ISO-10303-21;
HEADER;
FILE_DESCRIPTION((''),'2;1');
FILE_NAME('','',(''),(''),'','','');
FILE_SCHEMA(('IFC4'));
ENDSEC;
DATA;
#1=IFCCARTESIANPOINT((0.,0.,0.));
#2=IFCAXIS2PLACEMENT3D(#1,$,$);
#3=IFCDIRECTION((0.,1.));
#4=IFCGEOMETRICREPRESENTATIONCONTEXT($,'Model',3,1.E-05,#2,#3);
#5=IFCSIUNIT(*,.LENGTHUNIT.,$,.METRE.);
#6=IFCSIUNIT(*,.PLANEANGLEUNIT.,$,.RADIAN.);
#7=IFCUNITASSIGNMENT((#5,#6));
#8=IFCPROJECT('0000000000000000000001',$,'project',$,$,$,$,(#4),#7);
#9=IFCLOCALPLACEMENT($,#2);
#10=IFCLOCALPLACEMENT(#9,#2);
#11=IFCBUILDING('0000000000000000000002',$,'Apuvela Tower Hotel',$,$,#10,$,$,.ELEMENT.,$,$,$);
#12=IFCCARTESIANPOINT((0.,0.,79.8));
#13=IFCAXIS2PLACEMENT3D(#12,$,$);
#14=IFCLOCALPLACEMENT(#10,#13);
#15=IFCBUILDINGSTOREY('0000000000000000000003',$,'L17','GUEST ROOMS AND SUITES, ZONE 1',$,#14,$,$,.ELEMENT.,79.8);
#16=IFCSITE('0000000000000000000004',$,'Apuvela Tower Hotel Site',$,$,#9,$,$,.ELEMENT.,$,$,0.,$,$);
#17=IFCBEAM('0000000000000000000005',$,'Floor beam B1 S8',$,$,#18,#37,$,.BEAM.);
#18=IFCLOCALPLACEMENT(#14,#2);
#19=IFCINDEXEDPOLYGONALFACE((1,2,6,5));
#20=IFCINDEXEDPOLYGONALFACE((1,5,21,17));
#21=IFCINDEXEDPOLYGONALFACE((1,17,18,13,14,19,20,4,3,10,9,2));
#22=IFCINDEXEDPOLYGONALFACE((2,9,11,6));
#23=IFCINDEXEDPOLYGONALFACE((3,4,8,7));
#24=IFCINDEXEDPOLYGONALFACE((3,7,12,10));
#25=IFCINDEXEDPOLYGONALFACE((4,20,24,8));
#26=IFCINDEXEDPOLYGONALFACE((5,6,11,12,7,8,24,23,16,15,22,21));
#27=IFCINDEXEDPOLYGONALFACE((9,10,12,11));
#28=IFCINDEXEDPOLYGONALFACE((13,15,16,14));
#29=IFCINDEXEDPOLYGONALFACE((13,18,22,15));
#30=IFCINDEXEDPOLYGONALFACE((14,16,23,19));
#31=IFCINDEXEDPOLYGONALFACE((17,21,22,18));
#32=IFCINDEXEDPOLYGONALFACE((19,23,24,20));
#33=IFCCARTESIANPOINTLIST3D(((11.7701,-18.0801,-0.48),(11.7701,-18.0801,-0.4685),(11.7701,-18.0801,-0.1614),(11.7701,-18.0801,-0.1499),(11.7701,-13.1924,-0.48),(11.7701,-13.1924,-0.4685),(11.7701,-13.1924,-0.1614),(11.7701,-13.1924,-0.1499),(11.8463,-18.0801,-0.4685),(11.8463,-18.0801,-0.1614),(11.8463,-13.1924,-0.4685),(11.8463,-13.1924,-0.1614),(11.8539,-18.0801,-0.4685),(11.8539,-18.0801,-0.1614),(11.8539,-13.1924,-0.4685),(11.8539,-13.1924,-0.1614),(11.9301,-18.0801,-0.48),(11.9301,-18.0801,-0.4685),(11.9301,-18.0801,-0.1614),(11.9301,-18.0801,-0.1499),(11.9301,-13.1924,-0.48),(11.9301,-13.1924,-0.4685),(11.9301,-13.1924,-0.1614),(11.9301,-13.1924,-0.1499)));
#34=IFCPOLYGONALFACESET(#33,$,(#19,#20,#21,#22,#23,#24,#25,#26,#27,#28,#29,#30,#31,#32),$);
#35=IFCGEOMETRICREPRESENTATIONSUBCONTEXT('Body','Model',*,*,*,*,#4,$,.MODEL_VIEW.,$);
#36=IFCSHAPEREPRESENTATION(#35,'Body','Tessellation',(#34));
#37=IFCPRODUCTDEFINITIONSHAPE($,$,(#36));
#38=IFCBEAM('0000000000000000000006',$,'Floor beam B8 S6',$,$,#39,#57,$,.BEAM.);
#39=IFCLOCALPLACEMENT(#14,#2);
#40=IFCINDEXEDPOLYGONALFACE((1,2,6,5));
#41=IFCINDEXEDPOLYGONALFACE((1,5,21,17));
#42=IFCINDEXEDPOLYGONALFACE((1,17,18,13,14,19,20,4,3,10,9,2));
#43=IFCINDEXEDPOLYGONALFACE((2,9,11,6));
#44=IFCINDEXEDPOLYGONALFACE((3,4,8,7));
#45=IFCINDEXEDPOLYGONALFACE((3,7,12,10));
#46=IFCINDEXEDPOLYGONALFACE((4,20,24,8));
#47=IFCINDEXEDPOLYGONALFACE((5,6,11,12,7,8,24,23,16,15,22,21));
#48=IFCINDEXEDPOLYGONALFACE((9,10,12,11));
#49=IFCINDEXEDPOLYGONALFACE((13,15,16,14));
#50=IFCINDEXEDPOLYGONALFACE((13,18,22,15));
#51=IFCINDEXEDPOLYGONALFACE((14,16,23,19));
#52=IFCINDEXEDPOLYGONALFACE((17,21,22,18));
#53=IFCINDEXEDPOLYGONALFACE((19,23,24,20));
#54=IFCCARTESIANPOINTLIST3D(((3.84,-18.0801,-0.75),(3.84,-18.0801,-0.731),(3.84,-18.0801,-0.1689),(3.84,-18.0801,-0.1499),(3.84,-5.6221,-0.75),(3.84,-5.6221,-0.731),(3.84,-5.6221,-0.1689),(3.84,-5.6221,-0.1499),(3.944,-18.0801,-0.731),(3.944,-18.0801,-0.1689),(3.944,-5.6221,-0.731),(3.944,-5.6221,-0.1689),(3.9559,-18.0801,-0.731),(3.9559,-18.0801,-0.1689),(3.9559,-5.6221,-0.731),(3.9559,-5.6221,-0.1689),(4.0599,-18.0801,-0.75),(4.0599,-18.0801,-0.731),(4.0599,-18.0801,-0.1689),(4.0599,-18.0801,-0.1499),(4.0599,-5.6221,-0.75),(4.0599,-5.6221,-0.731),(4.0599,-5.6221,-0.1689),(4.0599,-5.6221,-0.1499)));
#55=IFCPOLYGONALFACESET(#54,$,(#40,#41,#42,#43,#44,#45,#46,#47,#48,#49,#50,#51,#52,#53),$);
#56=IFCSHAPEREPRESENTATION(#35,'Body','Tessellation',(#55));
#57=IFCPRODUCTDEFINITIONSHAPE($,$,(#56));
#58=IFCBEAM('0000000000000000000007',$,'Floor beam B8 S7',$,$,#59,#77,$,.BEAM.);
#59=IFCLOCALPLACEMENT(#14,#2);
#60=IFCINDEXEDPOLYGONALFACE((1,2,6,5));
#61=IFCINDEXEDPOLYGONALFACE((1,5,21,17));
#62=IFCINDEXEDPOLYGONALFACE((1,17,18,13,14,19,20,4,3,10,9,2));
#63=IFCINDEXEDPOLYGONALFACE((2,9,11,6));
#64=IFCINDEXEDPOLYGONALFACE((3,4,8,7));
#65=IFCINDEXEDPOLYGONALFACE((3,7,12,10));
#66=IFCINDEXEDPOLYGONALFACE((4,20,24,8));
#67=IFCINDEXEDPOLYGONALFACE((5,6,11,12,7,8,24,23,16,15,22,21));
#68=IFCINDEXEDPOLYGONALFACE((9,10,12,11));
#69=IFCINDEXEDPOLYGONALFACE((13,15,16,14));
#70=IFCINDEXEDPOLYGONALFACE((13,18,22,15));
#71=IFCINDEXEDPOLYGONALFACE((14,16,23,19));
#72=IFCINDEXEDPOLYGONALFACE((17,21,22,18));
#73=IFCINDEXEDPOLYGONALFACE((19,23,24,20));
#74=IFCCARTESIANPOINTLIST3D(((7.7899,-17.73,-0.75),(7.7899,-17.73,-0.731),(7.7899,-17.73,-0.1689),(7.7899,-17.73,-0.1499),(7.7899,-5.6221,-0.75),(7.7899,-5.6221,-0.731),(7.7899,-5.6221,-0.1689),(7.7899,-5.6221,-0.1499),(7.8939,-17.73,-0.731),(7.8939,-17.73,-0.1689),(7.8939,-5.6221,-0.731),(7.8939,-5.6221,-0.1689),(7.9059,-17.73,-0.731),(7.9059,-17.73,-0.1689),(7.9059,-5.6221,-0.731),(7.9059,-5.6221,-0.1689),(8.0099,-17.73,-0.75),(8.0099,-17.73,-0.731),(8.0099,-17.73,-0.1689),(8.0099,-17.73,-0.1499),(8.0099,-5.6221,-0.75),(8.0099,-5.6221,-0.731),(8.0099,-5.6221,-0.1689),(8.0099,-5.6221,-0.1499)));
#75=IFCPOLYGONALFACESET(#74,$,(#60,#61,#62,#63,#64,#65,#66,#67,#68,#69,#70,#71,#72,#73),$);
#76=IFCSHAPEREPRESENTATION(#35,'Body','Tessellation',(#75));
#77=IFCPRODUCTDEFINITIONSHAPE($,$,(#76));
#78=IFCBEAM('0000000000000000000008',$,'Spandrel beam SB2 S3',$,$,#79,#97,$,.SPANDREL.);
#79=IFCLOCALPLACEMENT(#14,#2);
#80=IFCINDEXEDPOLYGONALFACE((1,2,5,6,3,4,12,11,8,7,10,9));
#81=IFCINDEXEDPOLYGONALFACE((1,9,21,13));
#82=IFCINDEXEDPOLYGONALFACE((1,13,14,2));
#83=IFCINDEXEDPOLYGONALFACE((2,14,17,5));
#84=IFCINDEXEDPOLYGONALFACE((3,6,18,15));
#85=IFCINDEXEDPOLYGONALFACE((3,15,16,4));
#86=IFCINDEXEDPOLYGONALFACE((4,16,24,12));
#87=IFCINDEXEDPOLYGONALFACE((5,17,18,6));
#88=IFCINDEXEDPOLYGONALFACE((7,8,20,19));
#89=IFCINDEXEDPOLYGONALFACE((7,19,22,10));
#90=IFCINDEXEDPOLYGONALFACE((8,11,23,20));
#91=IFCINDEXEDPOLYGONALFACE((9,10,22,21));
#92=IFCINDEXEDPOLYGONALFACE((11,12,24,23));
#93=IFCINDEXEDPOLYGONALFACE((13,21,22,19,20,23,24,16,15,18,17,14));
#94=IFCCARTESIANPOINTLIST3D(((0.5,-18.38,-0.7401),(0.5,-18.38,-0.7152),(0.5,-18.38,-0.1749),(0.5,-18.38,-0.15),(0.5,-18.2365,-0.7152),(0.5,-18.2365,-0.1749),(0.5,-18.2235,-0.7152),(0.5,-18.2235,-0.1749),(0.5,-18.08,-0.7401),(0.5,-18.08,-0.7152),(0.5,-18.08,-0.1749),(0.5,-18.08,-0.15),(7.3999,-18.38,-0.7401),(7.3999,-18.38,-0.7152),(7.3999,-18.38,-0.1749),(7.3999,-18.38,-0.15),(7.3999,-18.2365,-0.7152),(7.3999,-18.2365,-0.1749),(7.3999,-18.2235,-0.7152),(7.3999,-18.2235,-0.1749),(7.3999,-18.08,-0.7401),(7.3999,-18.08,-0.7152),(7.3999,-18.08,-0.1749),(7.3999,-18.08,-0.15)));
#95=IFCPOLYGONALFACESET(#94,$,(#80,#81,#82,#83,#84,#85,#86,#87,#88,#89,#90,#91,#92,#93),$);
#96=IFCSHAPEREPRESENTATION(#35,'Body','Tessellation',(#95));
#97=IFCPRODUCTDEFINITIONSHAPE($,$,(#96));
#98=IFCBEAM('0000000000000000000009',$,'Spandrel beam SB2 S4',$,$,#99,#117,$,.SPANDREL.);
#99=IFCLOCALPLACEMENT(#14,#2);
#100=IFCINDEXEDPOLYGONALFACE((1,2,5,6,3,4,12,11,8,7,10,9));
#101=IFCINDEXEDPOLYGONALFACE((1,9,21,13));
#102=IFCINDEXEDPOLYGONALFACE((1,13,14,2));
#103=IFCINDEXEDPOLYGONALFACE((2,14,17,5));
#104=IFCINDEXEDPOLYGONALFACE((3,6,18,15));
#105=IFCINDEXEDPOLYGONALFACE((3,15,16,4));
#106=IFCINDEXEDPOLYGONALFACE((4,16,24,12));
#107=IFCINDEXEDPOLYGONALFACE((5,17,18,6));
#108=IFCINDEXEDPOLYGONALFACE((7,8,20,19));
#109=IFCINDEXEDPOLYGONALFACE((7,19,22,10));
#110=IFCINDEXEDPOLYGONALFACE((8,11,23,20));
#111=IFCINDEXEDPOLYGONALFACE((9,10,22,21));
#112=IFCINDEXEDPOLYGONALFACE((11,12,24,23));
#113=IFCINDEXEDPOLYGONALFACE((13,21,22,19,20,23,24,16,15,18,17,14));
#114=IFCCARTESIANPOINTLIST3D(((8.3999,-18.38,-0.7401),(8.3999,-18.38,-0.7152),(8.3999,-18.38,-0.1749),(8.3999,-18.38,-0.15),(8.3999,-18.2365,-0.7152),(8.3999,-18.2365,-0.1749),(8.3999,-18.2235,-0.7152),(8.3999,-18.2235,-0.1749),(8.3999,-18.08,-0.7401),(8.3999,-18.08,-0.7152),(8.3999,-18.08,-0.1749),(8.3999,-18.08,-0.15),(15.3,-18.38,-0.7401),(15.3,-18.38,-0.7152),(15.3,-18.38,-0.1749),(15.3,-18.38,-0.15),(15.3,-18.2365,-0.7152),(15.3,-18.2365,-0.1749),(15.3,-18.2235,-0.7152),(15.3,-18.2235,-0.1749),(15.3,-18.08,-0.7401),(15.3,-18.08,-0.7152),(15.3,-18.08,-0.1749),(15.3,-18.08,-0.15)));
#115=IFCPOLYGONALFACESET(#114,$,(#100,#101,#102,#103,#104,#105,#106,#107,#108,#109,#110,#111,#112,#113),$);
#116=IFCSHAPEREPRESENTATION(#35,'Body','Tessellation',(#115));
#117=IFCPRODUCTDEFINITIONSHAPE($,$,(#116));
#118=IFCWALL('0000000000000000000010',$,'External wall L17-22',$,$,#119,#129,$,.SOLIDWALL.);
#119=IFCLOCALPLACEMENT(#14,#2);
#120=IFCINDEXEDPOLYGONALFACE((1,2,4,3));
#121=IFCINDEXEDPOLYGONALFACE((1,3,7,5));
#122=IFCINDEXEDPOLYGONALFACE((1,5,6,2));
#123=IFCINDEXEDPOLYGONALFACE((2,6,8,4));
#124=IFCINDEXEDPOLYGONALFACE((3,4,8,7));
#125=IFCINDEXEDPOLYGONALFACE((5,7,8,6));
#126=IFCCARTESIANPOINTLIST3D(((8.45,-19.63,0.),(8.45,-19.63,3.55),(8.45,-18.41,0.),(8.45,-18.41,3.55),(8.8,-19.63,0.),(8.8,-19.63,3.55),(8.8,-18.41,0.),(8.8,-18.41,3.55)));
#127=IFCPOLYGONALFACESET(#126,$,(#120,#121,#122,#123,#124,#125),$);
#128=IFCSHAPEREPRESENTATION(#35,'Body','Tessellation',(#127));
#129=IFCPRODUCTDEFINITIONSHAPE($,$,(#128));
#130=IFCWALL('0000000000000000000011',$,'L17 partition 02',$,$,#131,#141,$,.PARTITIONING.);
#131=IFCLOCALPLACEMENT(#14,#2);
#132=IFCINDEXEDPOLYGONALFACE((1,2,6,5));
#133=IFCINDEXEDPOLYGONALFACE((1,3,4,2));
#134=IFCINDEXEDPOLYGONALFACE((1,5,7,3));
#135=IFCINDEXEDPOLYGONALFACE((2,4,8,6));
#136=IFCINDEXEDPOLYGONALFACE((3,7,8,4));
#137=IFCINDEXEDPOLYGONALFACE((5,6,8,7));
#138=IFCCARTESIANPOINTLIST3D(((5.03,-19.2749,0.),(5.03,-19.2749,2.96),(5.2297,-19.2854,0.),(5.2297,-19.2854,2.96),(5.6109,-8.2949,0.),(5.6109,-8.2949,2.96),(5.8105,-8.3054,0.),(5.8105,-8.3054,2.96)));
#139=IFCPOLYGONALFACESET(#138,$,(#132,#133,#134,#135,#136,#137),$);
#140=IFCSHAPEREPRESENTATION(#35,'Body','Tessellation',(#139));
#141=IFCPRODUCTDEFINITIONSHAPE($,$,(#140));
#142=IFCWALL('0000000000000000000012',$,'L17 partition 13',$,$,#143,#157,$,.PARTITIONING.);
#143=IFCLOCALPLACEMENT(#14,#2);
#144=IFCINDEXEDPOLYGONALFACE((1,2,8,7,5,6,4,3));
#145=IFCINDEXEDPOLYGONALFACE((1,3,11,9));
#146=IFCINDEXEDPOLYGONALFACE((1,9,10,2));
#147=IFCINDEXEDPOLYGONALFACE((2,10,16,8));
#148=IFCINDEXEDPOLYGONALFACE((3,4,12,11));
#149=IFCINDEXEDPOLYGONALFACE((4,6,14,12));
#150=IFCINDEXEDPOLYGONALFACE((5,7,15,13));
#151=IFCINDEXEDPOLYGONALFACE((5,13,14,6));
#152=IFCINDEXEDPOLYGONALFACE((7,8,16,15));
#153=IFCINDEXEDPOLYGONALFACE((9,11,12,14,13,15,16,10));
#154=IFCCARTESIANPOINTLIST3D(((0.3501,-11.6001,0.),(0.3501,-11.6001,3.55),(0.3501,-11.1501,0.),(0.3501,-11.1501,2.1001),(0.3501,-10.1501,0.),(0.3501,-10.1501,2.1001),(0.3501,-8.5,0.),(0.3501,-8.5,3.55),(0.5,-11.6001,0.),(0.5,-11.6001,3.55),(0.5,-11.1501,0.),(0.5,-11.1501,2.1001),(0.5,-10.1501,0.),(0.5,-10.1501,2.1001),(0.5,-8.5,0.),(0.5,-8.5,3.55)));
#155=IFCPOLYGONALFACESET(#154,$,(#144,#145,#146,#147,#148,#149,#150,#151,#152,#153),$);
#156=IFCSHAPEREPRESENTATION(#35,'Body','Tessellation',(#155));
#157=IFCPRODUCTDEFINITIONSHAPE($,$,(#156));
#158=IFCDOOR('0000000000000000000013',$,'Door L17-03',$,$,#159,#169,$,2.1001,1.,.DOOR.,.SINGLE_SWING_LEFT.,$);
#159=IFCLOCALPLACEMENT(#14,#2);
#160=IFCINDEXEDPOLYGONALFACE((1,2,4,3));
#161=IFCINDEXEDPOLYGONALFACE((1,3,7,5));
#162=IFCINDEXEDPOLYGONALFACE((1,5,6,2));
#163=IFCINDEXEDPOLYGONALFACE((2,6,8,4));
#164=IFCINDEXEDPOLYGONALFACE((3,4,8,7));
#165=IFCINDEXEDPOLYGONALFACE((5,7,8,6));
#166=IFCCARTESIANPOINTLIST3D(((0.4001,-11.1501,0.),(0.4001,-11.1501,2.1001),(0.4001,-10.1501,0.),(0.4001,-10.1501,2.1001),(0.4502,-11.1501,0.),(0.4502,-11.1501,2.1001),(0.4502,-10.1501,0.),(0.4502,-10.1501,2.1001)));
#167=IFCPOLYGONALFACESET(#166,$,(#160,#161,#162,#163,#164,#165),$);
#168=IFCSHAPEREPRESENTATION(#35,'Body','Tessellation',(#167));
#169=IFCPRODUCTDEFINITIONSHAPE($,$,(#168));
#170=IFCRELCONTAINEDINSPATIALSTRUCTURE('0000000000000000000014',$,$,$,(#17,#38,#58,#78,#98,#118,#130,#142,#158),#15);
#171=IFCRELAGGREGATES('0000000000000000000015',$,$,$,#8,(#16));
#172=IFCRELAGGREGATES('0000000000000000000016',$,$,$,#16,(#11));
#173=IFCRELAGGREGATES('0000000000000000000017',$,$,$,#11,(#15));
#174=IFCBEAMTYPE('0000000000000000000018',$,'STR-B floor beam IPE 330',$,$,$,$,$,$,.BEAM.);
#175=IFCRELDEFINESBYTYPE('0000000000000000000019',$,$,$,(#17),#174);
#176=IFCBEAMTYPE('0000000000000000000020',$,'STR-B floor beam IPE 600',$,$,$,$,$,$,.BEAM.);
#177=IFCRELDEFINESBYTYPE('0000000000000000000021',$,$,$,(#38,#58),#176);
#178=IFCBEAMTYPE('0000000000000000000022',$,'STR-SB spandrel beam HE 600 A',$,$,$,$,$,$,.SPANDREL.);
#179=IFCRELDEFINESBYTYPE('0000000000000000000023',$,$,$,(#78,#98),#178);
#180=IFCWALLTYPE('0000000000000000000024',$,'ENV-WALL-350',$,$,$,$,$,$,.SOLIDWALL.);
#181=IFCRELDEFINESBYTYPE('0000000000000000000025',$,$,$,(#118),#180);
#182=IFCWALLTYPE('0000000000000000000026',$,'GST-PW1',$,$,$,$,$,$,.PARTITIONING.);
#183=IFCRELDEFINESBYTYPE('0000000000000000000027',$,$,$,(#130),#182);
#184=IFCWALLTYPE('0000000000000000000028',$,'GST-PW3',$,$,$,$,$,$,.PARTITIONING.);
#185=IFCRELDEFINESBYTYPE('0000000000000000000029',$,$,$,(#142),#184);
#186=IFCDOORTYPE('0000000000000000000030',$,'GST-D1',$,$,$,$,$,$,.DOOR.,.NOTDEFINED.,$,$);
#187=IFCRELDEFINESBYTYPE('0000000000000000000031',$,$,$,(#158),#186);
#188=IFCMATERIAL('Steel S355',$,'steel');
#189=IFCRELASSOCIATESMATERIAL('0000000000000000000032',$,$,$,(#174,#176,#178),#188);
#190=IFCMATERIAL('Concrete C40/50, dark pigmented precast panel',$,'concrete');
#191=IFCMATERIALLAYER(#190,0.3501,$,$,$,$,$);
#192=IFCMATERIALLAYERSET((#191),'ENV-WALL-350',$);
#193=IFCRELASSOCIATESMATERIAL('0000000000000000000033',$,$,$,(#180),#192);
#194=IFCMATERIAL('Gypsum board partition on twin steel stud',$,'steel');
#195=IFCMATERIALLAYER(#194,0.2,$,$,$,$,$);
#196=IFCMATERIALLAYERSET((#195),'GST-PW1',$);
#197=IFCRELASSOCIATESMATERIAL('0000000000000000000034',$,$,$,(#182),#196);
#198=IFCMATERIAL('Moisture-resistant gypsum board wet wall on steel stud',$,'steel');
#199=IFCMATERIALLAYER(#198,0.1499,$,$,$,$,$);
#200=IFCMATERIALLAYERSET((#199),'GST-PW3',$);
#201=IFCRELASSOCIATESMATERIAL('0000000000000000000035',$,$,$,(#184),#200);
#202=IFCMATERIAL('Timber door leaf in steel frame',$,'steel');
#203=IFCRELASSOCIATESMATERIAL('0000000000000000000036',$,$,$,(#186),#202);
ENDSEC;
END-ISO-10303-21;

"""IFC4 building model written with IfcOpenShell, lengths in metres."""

from ifc_helpers import new_model, si_unit, direction, frame, frame_2d, origin, origin_2d, place, context, subcontext, project, spatial, rectangle, i_section, extrude, material, layer, layer_set, material_profile, profile_set, type_object, element, fill, save


model = new_model("IFC4")

# Units and contexts
model_context = context("Model", 3, precision=1e-05, world=origin(), true_north=direction((0.0, 1.0)))
body_context = subcontext(model_context, "Body", "Model", "MODEL_VIEW")
ifc_project = project(units=[si_unit("LENGTHUNIT", "METRE"), si_unit("PLANEANGLEUNIT", "RADIAN")], contexts=[model_context])

# Site, building, storey
site_placement = place(None, origin())
site = spatial("IfcSite", under=ifc_project, at=site_placement, Name="Apuvela Tower Hotel Site", CompositionType="ELEMENT", RefElevation=0.0)
building_placement = place(site_placement, origin())
building = spatial("IfcBuilding", under=site, at=building_placement, Name="Apuvela Tower Hotel", CompositionType="ELEMENT")
storey_placement = place(building_placement, frame((0.0, 0.0, 79.8)))
storey = spatial("IfcBuildingStorey", under=building, at=storey_placement, Name="L17", Description="GUEST ROOMS AND SUITES, ZONE 1", CompositionType="ELEMENT", Elevation=79.8)

# Beams
ifc_material_1 = material(Name="Steel S355", Category="steel")
ifc_material_profile_1 = material_profile(ifc_material_1, i_section(OverallWidth=0.1599, OverallDepth=0.3301, WebThickness=0.0076, FlangeThickness=0.0115, at=origin_2d()), Name="IPE 330")
ifc_profile_set_1 = profile_set([ifc_material_profile_1], Name="Steel S355")
beam_type_1 = type_object("IfcBeamType", Name="STR-B floor beam IPE 330", PredefinedType="BEAM", material=ifc_profile_set_1)
beam_1_placement = place(storey_placement, frame((11.8501, -18.0801, -0.3149), z_axis=(0.0, 1.0, 0.0), x_axis=(-1.0, 0.0, 0.0)))
element("IfcBeam", 1, at=beam_1_placement, inside=storey, type_object=beam_type_1, Name="Floor beam B1 S8", PredefinedType="BEAM", context=body_context, shape_type="SweptSolid", body=[
    extrude(i_section(OverallWidth=0.1599, OverallDepth=0.3301, WebThickness=0.0076, FlangeThickness=0.0115, at=origin_2d()), origin(), (0.0, 0.0, 1.0), 4.8877),
])
ifc_material_profile_2 = material_profile(ifc_material_1, i_section(OverallWidth=0.22, OverallDepth=0.6001, WebThickness=0.012, FlangeThickness=0.019, at=origin_2d()), Name="IPE 600")
ifc_profile_set_2 = profile_set([ifc_material_profile_2], Name="Steel S355")
beam_type_2 = type_object("IfcBeamType", Name="STR-B floor beam IPE 600", PredefinedType="BEAM", material=ifc_profile_set_2)
beam_2_placement = place(storey_placement, frame((3.95, -18.0801, -0.45), z_axis=(0.0, 1.0, 0.0), x_axis=(-1.0, 0.0, 0.0)))
element("IfcBeam", 2, at=beam_2_placement, inside=storey, type_object=beam_type_2, Name="Floor beam B8 S6", PredefinedType="BEAM", context=body_context, shape_type="SweptSolid", body=[
    extrude(i_section(OverallWidth=0.22, OverallDepth=0.6001, WebThickness=0.012, FlangeThickness=0.019, at=origin_2d()), origin(), (0.0, 0.0, 1.0), 12.458),
])
beam_3_placement = place(storey_placement, frame((7.8999, -17.73, -0.45), z_axis=(0.0, 1.0, 0.0), x_axis=(-1.0, 0.0, 0.0)))
element("IfcBeam", 3, at=beam_3_placement, inside=storey, type_object=beam_type_2, Name="Floor beam B8 S7", PredefinedType="BEAM", context=body_context, shape_type="SweptSolid", body=[
    extrude(i_section(OverallWidth=0.22, OverallDepth=0.6001, WebThickness=0.012, FlangeThickness=0.019, at=origin_2d()), origin(), (0.0, 0.0, 1.0), 12.1079),
])
ifc_material_profile_3 = material_profile(ifc_material_1, i_section(OverallWidth=0.3, OverallDepth=0.5901, WebThickness=0.0129, FlangeThickness=0.0249, at=origin_2d()), Name="HE 600 A")
ifc_profile_set_3 = profile_set([ifc_material_profile_3], Name="Steel S355")
beam_type_3 = type_object("IfcBeamType", Name="STR-SB spandrel beam HE 600 A", PredefinedType="SPANDREL", material=ifc_profile_set_3)
beam_4_placement = place(storey_placement, frame((0.5, -18.23, -0.4451), z_axis=(1.0, 0.0, 0.0), x_axis=(0.0, 1.0, 0.0)))
element("IfcBeam", 4, at=beam_4_placement, inside=storey, type_object=beam_type_3, Name="Spandrel beam SB2 S3", PredefinedType="SPANDREL", context=body_context, shape_type="SweptSolid", body=[
    extrude(i_section(OverallWidth=0.3, OverallDepth=0.5901, WebThickness=0.0129, FlangeThickness=0.0249, at=origin_2d()), origin(), (0.0, 0.0, 1.0), 6.8999),
])
beam_5_placement = place(storey_placement, frame((8.3999, -18.23, -0.4451), z_axis=(1.0, 0.0, 0.0), x_axis=(0.0, 1.0, 0.0)))
element("IfcBeam", 5, at=beam_5_placement, inside=storey, type_object=beam_type_3, Name="Spandrel beam SB2 S4", PredefinedType="SPANDREL", context=body_context, shape_type="SweptSolid", body=[
    extrude(i_section(OverallWidth=0.3, OverallDepth=0.5901, WebThickness=0.0129, FlangeThickness=0.0249, at=origin_2d()), origin(), (0.0, 0.0, 1.0), 6.9001),
])

# Wall
ifc_material_2 = material(Name="Concrete C40/50, dark pigmented precast panel", Category="concrete")
ifc_layer_1 = layer(ifc_material_2, 0.3501)
ifc_layer_set_1 = layer_set([ifc_layer_1], Name="ENV-WALL-350")
wall_type_1 = type_object("IfcWallType", Name="ENV-WALL-350", PredefinedType="SOLIDWALL", material=ifc_layer_set_1)
wall_1_placement = place(storey_placement, frame((8.625, -19.6299, 0.0), z_axis=(0.0, 0.0, 1.0), x_axis=(0.0, 1.0, 0.0)))
element("IfcWall", 6, at=wall_1_placement, inside=storey, type_object=wall_type_1, Name="External wall L17-22", PredefinedType="SOLIDWALL", context=body_context, shape_type="SweptSolid", body=[
    extrude(rectangle(XDim=1.22, YDim=0.3501, at=frame_2d((0.6099, 0.0))), origin(), (0.0, 0.0, 1.0), 3.55),
])

# Wall
ifc_material_3 = material(Name="Gypsum board partition on twin steel stud", Category="steel")
ifc_layer_2 = layer(ifc_material_3, 0.2)
ifc_layer_set_2 = layer_set([ifc_layer_2], Name="GST-PW1")
wall_type_2 = type_object("IfcWallType", Name="GST-PW1", PredefinedType="PARTITIONING", material=ifc_layer_set_2)
wall_2_placement = place(storey_placement, frame((5.1299, -19.28, 0.0), z_axis=(0.0, 0.0, 1.0), x_axis=(0.052823, 0.998604, 0.0)))
element("IfcWall", 7, at=wall_2_placement, inside=storey, type_object=wall_type_2, Name="L17 partition 02", PredefinedType="PARTITIONING", context=body_context, shape_type="SweptSolid", body=[
    extrude(rectangle(XDim=10.9954, YDim=0.2, at=frame_2d((5.4976, 0.0))), origin(), (0.0, 0.0, 1.0), 2.96),
])

# Wall, opening, door
ifc_material_4 = material(Name="Moisture-resistant gypsum board wet wall on steel stud", Category="steel")
ifc_layer_3 = layer(ifc_material_4, 0.1499)
ifc_layer_set_3 = layer_set([ifc_layer_3], Name="GST-PW3")
wall_type_3 = type_object("IfcWallType", Name="GST-PW3", PredefinedType="PARTITIONING", material=ifc_layer_set_3)
wall_3_placement = place(storey_placement, frame((0.425, -11.6001, 0.0), z_axis=(0.0, 0.0, 1.0), x_axis=(0.0, 1.0, 0.0)))
wall_3 = element("IfcWall", 8, at=wall_3_placement, inside=storey, type_object=wall_type_3, Name="L17 partition 13", PredefinedType="PARTITIONING", context=body_context, shape_type="SweptSolid", body=[
    extrude(rectangle(XDim=3.1001, YDim=0.1499, at=frame_2d((1.55, 0.0))), origin(), (0.0, 0.0, 1.0), 3.55),
])
opening_1_placement = place(wall_3_placement, frame((0.45, 0.0, 0.0)))
opening_1 = element("IfcOpeningElement", 9, at=opening_1_placement, cuts=wall_3, PredefinedType="OPENING", context=body_context, shape_type="SweptSolid", body=[
    extrude(rectangle(XDim=1.0, YDim=2.1001, at=frame_2d((0.5, 1.05))), frame((0.0, 0.085, 0.0), z_axis=(0.0, -1.0, 0.0), x_axis=(1.0, 0.0, 0.0)), (0.0, 0.0, 1.0), 0.1699),
])
ifc_material_5 = material(Name="Timber door leaf in steel frame", Category="steel")
door_type_1 = type_object("IfcDoorType", Name="GST-D1", OperationType="NOTDEFINED", PredefinedType="DOOR", material=ifc_material_5)
door_1_placement = place(opening_1_placement, origin())
door_1 = element("IfcDoor", 10, at=door_1_placement, inside=storey, type_object=door_type_1, Name="Door L17-03", OperationType="SINGLE_SWING_LEFT", OverallHeight=2.1001, OverallWidth=1.0, PredefinedType="DOOR", context=body_context, shape_type="SweptSolid", body=[
    extrude(rectangle(XDim=1.0, YDim=2.1001, at=frame_2d((0.5, 1.05))), frame((0.0, 0.0249, 0.0), z_axis=(0.0, -1.0, 0.0), x_axis=(1.0, 0.0, 0.0)), (0.0, 0.0, 1.0), 0.05),
])
fill(opening_1, door_1)

save(model, "model.ifc")
